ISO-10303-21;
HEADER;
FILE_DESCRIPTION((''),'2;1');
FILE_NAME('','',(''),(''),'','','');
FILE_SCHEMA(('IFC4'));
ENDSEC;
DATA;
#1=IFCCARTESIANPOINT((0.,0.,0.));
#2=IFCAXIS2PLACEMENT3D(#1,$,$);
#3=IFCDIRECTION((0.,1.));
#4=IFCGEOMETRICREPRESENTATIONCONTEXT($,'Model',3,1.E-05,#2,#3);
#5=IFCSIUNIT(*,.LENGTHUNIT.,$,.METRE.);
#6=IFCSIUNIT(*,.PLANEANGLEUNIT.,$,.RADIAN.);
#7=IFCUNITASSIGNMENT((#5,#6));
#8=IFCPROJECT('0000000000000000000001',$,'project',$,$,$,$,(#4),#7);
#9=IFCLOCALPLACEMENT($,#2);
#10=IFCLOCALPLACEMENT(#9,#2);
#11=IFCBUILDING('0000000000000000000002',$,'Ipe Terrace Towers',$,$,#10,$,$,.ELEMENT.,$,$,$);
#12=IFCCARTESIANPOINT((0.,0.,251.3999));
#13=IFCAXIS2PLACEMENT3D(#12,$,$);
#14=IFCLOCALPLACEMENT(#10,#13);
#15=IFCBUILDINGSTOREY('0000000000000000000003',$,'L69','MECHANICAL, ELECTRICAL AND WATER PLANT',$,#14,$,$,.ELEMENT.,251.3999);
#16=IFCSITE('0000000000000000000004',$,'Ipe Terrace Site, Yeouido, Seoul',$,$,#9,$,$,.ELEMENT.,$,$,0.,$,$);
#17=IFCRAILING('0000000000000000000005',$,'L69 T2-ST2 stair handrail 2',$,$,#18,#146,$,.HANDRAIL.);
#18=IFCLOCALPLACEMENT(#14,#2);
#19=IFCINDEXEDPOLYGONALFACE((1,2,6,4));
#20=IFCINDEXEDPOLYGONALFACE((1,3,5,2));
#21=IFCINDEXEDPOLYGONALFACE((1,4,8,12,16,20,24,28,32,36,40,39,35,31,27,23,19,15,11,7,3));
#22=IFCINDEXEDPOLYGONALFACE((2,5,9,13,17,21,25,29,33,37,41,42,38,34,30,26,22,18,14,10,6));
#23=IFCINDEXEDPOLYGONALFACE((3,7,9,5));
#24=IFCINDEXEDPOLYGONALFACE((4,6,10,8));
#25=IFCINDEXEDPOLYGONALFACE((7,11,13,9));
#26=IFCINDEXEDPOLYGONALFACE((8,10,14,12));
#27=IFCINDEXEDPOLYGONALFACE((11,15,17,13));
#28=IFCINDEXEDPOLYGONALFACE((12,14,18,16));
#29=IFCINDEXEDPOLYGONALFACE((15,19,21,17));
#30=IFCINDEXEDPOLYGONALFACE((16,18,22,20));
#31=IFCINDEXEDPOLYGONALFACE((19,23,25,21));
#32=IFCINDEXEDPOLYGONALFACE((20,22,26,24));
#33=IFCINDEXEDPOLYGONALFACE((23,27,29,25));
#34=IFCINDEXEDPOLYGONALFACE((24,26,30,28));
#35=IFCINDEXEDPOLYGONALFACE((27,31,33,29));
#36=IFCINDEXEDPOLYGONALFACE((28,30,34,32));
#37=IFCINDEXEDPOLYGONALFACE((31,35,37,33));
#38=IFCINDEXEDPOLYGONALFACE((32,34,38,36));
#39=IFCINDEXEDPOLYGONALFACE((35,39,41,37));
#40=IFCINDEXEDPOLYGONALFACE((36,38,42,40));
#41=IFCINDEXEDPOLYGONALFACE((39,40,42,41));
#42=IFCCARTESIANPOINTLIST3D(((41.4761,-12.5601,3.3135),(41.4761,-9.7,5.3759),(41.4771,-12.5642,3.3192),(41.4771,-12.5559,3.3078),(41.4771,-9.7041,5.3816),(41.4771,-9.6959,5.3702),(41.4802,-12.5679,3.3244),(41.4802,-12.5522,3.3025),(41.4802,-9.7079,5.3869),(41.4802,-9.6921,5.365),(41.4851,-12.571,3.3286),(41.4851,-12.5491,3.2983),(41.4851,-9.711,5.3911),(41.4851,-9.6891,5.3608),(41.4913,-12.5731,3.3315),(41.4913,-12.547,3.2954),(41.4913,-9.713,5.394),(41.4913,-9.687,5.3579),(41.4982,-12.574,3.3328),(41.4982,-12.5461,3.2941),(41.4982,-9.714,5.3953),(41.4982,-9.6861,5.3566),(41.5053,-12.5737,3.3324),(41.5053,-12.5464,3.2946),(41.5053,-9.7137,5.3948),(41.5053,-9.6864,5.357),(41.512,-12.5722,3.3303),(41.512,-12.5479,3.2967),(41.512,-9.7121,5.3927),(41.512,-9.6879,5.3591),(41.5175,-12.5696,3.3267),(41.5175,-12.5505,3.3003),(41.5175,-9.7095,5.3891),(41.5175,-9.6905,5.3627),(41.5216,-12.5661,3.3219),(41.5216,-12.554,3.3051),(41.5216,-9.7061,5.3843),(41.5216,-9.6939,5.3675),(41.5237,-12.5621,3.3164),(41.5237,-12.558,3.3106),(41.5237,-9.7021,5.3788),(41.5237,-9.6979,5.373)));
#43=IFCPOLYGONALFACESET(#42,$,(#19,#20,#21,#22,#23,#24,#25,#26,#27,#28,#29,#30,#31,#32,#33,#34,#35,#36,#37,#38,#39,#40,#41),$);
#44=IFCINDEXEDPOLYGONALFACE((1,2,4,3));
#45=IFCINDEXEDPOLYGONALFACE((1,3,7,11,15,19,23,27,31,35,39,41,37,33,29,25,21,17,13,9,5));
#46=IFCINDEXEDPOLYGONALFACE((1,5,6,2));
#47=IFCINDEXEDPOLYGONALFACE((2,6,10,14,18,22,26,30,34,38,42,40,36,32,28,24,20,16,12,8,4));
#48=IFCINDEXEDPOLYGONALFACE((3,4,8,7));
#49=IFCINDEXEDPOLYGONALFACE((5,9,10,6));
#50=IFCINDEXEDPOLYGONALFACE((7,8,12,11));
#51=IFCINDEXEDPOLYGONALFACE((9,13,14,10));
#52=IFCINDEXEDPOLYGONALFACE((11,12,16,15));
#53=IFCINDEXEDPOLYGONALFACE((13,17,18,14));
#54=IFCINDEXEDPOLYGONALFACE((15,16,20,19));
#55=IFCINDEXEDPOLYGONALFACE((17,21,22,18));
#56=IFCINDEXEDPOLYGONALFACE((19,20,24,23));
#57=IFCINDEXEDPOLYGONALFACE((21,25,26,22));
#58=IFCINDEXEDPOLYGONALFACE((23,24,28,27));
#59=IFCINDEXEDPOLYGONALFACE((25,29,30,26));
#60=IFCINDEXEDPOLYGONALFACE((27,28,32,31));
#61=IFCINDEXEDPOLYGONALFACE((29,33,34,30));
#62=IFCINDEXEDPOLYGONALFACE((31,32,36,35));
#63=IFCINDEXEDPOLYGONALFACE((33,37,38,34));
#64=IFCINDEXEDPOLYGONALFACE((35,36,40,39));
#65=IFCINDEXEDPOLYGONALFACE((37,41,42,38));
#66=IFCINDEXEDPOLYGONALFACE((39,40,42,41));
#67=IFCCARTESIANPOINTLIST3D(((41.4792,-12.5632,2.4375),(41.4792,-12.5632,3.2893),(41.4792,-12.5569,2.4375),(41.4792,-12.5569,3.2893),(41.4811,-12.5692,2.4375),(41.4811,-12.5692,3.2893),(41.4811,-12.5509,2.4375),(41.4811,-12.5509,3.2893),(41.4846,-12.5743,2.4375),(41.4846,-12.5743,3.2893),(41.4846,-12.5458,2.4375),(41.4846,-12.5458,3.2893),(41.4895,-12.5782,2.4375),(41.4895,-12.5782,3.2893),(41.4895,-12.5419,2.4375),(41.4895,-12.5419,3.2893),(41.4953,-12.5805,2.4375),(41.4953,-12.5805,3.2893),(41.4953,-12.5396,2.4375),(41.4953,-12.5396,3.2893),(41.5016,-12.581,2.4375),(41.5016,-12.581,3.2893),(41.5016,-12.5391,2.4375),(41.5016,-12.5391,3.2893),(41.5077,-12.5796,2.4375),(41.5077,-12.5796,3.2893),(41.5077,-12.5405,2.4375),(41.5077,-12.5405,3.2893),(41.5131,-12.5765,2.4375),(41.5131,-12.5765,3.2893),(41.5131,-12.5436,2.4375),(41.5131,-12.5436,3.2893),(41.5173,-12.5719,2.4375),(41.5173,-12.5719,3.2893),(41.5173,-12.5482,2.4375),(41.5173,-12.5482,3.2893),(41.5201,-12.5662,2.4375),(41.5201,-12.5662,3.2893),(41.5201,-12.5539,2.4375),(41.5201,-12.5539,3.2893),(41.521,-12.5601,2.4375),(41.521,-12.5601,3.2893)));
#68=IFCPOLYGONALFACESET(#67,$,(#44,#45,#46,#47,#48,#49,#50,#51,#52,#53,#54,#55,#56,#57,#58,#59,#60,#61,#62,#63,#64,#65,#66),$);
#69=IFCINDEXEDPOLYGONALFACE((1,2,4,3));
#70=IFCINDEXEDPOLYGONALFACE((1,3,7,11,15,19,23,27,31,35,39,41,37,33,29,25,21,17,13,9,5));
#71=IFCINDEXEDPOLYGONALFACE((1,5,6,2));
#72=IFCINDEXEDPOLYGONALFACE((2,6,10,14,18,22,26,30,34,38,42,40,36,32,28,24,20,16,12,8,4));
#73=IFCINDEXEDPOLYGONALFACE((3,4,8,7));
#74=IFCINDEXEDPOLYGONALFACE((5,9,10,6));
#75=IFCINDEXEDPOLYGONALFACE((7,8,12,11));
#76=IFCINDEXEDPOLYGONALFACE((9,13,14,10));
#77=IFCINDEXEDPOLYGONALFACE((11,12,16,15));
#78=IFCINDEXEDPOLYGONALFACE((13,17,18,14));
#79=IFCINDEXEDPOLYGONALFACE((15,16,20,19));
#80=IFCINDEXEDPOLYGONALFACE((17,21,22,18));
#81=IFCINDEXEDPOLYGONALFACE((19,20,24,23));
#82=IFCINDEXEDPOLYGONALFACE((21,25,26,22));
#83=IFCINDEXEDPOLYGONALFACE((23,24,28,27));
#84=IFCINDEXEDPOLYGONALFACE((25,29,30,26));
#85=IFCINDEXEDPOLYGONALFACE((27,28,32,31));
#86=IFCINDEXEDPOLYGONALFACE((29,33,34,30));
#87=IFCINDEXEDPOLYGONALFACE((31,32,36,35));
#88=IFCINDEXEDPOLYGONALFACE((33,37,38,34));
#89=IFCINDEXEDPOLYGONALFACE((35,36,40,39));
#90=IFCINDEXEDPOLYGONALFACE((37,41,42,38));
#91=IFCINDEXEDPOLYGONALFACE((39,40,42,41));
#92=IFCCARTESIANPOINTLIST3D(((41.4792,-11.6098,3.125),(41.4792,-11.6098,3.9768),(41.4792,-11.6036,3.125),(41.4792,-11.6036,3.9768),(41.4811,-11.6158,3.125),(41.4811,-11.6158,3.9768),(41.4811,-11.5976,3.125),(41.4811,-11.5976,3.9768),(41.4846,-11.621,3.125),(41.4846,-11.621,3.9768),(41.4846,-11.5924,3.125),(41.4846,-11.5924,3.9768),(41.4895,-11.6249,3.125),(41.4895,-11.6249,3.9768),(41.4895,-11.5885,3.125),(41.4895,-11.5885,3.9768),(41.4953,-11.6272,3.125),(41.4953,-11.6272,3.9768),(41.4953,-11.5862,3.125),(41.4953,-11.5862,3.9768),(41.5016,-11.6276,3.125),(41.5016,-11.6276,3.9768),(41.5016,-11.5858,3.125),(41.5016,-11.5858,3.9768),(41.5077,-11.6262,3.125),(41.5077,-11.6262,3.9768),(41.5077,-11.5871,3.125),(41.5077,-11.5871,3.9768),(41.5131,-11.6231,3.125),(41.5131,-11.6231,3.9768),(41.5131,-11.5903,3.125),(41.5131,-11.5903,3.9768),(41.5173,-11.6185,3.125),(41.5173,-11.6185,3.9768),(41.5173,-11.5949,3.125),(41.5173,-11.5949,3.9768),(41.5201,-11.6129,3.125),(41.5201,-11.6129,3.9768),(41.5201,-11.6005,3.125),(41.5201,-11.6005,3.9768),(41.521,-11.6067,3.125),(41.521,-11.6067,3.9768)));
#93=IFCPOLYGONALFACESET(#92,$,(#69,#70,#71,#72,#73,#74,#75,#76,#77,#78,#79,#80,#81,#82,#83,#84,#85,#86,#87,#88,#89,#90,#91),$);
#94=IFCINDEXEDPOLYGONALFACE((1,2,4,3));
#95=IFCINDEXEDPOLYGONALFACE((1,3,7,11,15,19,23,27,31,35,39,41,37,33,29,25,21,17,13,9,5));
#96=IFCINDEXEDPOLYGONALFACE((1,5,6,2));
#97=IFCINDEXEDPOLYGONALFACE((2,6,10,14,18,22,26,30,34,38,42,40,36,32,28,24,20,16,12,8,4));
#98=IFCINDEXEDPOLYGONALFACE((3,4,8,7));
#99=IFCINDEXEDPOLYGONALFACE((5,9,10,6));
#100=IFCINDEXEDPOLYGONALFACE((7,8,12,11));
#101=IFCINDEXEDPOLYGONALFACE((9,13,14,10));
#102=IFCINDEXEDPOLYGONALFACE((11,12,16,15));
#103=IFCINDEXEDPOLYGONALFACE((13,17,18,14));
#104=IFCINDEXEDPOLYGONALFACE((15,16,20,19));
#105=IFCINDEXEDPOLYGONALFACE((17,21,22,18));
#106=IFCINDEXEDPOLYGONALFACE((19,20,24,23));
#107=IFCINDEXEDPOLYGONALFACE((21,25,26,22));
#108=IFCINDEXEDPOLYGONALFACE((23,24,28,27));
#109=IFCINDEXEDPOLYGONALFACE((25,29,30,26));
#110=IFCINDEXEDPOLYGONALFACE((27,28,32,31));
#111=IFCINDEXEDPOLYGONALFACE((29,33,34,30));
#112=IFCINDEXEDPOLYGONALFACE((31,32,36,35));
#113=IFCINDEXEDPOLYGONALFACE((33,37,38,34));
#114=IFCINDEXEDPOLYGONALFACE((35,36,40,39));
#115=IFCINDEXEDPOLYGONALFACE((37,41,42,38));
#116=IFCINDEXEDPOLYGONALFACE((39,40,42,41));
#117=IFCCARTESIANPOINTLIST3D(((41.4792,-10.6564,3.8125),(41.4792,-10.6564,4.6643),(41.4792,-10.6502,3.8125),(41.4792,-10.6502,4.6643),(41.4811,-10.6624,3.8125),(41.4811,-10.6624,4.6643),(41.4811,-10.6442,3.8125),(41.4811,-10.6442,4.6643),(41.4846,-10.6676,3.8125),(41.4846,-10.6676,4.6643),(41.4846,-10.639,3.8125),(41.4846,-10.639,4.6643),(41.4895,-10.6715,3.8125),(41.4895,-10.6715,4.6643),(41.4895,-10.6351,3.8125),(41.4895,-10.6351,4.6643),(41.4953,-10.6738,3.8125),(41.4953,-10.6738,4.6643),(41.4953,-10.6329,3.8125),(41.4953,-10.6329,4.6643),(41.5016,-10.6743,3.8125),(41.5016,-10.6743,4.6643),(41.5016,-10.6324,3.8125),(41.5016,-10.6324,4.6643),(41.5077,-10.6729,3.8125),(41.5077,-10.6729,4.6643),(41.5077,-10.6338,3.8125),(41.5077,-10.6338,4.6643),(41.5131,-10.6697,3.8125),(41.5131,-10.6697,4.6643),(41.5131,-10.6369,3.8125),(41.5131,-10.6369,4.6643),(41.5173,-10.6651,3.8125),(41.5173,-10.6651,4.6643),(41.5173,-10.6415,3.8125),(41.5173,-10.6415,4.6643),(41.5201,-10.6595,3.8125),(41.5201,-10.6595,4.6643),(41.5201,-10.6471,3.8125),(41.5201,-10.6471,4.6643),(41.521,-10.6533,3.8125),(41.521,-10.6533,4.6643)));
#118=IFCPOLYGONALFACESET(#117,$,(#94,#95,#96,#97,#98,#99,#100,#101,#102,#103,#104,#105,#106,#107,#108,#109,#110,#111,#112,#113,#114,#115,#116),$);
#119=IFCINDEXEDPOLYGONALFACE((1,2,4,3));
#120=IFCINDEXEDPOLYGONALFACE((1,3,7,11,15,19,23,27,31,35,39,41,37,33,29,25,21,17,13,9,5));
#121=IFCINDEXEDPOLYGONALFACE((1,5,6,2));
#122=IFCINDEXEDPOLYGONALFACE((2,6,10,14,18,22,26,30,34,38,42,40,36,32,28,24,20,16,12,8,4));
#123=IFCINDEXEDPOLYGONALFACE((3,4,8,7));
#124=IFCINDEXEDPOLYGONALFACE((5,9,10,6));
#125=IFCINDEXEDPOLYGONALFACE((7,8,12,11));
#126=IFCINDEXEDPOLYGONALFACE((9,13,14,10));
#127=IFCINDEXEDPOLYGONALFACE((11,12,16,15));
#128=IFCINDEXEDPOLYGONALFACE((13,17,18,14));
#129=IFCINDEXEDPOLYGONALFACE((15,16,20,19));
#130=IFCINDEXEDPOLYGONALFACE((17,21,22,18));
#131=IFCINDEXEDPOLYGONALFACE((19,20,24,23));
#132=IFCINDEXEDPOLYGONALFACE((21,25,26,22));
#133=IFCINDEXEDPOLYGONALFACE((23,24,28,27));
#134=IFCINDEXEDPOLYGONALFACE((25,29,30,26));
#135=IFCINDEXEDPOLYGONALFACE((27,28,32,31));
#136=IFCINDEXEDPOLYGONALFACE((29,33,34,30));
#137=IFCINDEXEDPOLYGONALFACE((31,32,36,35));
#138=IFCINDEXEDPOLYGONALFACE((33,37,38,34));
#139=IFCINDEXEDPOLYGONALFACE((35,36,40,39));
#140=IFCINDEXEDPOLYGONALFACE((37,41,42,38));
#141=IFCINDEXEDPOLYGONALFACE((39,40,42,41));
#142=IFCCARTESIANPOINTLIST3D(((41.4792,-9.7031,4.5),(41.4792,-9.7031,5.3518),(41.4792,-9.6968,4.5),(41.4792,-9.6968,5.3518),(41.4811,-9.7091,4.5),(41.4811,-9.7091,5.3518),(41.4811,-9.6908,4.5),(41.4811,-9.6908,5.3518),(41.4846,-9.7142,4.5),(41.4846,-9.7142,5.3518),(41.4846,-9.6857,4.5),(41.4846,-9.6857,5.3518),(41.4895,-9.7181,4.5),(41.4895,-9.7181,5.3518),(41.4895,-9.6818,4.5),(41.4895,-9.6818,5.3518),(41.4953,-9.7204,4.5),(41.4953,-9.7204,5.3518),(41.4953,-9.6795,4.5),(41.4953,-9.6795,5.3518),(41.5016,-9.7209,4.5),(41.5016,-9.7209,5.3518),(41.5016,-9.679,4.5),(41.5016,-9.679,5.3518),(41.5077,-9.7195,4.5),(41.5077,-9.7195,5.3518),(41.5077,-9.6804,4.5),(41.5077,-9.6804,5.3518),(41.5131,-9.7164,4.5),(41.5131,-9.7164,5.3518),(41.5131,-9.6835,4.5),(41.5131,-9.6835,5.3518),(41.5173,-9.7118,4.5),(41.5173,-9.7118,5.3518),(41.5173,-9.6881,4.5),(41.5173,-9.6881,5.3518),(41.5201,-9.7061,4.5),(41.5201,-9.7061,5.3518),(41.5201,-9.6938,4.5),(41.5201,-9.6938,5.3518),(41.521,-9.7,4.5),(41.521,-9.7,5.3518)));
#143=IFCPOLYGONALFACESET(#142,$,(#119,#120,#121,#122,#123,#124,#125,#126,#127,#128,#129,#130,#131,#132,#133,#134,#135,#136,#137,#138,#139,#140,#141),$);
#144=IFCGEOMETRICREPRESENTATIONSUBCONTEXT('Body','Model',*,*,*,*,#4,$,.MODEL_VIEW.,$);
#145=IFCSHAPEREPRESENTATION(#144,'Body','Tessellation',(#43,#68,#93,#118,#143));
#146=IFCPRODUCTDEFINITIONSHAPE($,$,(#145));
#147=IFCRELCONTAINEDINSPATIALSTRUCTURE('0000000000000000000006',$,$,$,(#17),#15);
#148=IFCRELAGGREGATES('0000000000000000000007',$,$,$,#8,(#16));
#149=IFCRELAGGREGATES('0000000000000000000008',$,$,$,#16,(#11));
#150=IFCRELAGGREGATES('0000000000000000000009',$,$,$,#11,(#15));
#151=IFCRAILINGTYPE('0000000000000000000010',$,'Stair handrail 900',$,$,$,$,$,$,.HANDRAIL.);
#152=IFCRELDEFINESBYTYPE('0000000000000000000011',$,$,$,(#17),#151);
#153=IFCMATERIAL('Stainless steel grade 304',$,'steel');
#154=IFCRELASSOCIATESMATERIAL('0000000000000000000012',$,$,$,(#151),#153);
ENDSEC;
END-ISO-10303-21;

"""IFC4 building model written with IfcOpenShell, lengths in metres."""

from ifc_helpers import new_model, si_unit, direction, frame, origin, origin_2d, place, context, subcontext, project, spatial, circle, extrude, material, type_object, element, save


model = new_model("IFC4")

# Units and contexts
model_context = context("Model", 3, precision=1e-05, world=origin(), true_north=direction((0.0, 1.0)))
body_context = subcontext(model_context, "Body", "Model", "MODEL_VIEW")
ifc_project = project(units=[si_unit("LENGTHUNIT", "METRE"), si_unit("PLANEANGLEUNIT", "RADIAN")], contexts=[model_context])

# Site, building, storey
site_placement = place(None, origin())
site = spatial("IfcSite", under=ifc_project, at=site_placement, Name="Ipe Terrace Site, Yeouido, Seoul", CompositionType="ELEMENT", RefElevation=0.0)
building_placement = place(site_placement, origin())
building = spatial("IfcBuilding", under=site, at=building_placement, Name="Ipe Terrace Towers", CompositionType="ELEMENT")
storey_placement = place(building_placement, frame((0.0, 0.0, 251.3999)))
storey = spatial("IfcBuildingStorey", under=building, at=storey_placement, Name="L69", Description="MECHANICAL, ELECTRICAL AND WATER PLANT", CompositionType="ELEMENT", Elevation=251.3999)

# Railing
ifc_material_1 = material(Name="Stainless steel grade 304", Category="steel")
railing_type_1 = type_object("IfcRailingType", Name="Stair handrail 900", PredefinedType="HANDRAIL", material=ifc_material_1)
railing_1_placement = place(storey_placement, frame((41.5, -12.5601, 2.4375)))
element("IfcRailing", 1, at=railing_1_placement, inside=storey, type_object=railing_type_1, Name="L69 T2-ST2 stair handrail 2", PredefinedType="HANDRAIL", context=body_context, shape_type="SweptSolid", body=[
    extrude(circle(Radius=0.0239, at=origin_2d()), frame((0.0, 0.0, 0.876), z_axis=(0.0, 0.811101, 0.584906), x_axis=(-1.0, 0.0, 0.0)), (0.0, 0.0, 1.0), 3.5261),
    extrude(circle(Radius=0.021, at=origin_2d()), origin(), (0.0, 0.0, 1.0), 0.8518),
    extrude(circle(Radius=0.021, at=origin_2d()), frame((0.0, 0.9534, 0.6875)), (0.0, 0.0, 1.0), 0.8518),
    extrude(circle(Radius=0.021, at=origin_2d()), frame((0.0, 1.9067, 1.375)), (0.0, 0.0, 1.0), 0.8518),
    extrude(circle(Radius=0.021, at=origin_2d()), frame((0.0, 2.8601, 2.0625)), (0.0, 0.0, 1.0), 0.8518),
])

save(model, "model.ifc")
